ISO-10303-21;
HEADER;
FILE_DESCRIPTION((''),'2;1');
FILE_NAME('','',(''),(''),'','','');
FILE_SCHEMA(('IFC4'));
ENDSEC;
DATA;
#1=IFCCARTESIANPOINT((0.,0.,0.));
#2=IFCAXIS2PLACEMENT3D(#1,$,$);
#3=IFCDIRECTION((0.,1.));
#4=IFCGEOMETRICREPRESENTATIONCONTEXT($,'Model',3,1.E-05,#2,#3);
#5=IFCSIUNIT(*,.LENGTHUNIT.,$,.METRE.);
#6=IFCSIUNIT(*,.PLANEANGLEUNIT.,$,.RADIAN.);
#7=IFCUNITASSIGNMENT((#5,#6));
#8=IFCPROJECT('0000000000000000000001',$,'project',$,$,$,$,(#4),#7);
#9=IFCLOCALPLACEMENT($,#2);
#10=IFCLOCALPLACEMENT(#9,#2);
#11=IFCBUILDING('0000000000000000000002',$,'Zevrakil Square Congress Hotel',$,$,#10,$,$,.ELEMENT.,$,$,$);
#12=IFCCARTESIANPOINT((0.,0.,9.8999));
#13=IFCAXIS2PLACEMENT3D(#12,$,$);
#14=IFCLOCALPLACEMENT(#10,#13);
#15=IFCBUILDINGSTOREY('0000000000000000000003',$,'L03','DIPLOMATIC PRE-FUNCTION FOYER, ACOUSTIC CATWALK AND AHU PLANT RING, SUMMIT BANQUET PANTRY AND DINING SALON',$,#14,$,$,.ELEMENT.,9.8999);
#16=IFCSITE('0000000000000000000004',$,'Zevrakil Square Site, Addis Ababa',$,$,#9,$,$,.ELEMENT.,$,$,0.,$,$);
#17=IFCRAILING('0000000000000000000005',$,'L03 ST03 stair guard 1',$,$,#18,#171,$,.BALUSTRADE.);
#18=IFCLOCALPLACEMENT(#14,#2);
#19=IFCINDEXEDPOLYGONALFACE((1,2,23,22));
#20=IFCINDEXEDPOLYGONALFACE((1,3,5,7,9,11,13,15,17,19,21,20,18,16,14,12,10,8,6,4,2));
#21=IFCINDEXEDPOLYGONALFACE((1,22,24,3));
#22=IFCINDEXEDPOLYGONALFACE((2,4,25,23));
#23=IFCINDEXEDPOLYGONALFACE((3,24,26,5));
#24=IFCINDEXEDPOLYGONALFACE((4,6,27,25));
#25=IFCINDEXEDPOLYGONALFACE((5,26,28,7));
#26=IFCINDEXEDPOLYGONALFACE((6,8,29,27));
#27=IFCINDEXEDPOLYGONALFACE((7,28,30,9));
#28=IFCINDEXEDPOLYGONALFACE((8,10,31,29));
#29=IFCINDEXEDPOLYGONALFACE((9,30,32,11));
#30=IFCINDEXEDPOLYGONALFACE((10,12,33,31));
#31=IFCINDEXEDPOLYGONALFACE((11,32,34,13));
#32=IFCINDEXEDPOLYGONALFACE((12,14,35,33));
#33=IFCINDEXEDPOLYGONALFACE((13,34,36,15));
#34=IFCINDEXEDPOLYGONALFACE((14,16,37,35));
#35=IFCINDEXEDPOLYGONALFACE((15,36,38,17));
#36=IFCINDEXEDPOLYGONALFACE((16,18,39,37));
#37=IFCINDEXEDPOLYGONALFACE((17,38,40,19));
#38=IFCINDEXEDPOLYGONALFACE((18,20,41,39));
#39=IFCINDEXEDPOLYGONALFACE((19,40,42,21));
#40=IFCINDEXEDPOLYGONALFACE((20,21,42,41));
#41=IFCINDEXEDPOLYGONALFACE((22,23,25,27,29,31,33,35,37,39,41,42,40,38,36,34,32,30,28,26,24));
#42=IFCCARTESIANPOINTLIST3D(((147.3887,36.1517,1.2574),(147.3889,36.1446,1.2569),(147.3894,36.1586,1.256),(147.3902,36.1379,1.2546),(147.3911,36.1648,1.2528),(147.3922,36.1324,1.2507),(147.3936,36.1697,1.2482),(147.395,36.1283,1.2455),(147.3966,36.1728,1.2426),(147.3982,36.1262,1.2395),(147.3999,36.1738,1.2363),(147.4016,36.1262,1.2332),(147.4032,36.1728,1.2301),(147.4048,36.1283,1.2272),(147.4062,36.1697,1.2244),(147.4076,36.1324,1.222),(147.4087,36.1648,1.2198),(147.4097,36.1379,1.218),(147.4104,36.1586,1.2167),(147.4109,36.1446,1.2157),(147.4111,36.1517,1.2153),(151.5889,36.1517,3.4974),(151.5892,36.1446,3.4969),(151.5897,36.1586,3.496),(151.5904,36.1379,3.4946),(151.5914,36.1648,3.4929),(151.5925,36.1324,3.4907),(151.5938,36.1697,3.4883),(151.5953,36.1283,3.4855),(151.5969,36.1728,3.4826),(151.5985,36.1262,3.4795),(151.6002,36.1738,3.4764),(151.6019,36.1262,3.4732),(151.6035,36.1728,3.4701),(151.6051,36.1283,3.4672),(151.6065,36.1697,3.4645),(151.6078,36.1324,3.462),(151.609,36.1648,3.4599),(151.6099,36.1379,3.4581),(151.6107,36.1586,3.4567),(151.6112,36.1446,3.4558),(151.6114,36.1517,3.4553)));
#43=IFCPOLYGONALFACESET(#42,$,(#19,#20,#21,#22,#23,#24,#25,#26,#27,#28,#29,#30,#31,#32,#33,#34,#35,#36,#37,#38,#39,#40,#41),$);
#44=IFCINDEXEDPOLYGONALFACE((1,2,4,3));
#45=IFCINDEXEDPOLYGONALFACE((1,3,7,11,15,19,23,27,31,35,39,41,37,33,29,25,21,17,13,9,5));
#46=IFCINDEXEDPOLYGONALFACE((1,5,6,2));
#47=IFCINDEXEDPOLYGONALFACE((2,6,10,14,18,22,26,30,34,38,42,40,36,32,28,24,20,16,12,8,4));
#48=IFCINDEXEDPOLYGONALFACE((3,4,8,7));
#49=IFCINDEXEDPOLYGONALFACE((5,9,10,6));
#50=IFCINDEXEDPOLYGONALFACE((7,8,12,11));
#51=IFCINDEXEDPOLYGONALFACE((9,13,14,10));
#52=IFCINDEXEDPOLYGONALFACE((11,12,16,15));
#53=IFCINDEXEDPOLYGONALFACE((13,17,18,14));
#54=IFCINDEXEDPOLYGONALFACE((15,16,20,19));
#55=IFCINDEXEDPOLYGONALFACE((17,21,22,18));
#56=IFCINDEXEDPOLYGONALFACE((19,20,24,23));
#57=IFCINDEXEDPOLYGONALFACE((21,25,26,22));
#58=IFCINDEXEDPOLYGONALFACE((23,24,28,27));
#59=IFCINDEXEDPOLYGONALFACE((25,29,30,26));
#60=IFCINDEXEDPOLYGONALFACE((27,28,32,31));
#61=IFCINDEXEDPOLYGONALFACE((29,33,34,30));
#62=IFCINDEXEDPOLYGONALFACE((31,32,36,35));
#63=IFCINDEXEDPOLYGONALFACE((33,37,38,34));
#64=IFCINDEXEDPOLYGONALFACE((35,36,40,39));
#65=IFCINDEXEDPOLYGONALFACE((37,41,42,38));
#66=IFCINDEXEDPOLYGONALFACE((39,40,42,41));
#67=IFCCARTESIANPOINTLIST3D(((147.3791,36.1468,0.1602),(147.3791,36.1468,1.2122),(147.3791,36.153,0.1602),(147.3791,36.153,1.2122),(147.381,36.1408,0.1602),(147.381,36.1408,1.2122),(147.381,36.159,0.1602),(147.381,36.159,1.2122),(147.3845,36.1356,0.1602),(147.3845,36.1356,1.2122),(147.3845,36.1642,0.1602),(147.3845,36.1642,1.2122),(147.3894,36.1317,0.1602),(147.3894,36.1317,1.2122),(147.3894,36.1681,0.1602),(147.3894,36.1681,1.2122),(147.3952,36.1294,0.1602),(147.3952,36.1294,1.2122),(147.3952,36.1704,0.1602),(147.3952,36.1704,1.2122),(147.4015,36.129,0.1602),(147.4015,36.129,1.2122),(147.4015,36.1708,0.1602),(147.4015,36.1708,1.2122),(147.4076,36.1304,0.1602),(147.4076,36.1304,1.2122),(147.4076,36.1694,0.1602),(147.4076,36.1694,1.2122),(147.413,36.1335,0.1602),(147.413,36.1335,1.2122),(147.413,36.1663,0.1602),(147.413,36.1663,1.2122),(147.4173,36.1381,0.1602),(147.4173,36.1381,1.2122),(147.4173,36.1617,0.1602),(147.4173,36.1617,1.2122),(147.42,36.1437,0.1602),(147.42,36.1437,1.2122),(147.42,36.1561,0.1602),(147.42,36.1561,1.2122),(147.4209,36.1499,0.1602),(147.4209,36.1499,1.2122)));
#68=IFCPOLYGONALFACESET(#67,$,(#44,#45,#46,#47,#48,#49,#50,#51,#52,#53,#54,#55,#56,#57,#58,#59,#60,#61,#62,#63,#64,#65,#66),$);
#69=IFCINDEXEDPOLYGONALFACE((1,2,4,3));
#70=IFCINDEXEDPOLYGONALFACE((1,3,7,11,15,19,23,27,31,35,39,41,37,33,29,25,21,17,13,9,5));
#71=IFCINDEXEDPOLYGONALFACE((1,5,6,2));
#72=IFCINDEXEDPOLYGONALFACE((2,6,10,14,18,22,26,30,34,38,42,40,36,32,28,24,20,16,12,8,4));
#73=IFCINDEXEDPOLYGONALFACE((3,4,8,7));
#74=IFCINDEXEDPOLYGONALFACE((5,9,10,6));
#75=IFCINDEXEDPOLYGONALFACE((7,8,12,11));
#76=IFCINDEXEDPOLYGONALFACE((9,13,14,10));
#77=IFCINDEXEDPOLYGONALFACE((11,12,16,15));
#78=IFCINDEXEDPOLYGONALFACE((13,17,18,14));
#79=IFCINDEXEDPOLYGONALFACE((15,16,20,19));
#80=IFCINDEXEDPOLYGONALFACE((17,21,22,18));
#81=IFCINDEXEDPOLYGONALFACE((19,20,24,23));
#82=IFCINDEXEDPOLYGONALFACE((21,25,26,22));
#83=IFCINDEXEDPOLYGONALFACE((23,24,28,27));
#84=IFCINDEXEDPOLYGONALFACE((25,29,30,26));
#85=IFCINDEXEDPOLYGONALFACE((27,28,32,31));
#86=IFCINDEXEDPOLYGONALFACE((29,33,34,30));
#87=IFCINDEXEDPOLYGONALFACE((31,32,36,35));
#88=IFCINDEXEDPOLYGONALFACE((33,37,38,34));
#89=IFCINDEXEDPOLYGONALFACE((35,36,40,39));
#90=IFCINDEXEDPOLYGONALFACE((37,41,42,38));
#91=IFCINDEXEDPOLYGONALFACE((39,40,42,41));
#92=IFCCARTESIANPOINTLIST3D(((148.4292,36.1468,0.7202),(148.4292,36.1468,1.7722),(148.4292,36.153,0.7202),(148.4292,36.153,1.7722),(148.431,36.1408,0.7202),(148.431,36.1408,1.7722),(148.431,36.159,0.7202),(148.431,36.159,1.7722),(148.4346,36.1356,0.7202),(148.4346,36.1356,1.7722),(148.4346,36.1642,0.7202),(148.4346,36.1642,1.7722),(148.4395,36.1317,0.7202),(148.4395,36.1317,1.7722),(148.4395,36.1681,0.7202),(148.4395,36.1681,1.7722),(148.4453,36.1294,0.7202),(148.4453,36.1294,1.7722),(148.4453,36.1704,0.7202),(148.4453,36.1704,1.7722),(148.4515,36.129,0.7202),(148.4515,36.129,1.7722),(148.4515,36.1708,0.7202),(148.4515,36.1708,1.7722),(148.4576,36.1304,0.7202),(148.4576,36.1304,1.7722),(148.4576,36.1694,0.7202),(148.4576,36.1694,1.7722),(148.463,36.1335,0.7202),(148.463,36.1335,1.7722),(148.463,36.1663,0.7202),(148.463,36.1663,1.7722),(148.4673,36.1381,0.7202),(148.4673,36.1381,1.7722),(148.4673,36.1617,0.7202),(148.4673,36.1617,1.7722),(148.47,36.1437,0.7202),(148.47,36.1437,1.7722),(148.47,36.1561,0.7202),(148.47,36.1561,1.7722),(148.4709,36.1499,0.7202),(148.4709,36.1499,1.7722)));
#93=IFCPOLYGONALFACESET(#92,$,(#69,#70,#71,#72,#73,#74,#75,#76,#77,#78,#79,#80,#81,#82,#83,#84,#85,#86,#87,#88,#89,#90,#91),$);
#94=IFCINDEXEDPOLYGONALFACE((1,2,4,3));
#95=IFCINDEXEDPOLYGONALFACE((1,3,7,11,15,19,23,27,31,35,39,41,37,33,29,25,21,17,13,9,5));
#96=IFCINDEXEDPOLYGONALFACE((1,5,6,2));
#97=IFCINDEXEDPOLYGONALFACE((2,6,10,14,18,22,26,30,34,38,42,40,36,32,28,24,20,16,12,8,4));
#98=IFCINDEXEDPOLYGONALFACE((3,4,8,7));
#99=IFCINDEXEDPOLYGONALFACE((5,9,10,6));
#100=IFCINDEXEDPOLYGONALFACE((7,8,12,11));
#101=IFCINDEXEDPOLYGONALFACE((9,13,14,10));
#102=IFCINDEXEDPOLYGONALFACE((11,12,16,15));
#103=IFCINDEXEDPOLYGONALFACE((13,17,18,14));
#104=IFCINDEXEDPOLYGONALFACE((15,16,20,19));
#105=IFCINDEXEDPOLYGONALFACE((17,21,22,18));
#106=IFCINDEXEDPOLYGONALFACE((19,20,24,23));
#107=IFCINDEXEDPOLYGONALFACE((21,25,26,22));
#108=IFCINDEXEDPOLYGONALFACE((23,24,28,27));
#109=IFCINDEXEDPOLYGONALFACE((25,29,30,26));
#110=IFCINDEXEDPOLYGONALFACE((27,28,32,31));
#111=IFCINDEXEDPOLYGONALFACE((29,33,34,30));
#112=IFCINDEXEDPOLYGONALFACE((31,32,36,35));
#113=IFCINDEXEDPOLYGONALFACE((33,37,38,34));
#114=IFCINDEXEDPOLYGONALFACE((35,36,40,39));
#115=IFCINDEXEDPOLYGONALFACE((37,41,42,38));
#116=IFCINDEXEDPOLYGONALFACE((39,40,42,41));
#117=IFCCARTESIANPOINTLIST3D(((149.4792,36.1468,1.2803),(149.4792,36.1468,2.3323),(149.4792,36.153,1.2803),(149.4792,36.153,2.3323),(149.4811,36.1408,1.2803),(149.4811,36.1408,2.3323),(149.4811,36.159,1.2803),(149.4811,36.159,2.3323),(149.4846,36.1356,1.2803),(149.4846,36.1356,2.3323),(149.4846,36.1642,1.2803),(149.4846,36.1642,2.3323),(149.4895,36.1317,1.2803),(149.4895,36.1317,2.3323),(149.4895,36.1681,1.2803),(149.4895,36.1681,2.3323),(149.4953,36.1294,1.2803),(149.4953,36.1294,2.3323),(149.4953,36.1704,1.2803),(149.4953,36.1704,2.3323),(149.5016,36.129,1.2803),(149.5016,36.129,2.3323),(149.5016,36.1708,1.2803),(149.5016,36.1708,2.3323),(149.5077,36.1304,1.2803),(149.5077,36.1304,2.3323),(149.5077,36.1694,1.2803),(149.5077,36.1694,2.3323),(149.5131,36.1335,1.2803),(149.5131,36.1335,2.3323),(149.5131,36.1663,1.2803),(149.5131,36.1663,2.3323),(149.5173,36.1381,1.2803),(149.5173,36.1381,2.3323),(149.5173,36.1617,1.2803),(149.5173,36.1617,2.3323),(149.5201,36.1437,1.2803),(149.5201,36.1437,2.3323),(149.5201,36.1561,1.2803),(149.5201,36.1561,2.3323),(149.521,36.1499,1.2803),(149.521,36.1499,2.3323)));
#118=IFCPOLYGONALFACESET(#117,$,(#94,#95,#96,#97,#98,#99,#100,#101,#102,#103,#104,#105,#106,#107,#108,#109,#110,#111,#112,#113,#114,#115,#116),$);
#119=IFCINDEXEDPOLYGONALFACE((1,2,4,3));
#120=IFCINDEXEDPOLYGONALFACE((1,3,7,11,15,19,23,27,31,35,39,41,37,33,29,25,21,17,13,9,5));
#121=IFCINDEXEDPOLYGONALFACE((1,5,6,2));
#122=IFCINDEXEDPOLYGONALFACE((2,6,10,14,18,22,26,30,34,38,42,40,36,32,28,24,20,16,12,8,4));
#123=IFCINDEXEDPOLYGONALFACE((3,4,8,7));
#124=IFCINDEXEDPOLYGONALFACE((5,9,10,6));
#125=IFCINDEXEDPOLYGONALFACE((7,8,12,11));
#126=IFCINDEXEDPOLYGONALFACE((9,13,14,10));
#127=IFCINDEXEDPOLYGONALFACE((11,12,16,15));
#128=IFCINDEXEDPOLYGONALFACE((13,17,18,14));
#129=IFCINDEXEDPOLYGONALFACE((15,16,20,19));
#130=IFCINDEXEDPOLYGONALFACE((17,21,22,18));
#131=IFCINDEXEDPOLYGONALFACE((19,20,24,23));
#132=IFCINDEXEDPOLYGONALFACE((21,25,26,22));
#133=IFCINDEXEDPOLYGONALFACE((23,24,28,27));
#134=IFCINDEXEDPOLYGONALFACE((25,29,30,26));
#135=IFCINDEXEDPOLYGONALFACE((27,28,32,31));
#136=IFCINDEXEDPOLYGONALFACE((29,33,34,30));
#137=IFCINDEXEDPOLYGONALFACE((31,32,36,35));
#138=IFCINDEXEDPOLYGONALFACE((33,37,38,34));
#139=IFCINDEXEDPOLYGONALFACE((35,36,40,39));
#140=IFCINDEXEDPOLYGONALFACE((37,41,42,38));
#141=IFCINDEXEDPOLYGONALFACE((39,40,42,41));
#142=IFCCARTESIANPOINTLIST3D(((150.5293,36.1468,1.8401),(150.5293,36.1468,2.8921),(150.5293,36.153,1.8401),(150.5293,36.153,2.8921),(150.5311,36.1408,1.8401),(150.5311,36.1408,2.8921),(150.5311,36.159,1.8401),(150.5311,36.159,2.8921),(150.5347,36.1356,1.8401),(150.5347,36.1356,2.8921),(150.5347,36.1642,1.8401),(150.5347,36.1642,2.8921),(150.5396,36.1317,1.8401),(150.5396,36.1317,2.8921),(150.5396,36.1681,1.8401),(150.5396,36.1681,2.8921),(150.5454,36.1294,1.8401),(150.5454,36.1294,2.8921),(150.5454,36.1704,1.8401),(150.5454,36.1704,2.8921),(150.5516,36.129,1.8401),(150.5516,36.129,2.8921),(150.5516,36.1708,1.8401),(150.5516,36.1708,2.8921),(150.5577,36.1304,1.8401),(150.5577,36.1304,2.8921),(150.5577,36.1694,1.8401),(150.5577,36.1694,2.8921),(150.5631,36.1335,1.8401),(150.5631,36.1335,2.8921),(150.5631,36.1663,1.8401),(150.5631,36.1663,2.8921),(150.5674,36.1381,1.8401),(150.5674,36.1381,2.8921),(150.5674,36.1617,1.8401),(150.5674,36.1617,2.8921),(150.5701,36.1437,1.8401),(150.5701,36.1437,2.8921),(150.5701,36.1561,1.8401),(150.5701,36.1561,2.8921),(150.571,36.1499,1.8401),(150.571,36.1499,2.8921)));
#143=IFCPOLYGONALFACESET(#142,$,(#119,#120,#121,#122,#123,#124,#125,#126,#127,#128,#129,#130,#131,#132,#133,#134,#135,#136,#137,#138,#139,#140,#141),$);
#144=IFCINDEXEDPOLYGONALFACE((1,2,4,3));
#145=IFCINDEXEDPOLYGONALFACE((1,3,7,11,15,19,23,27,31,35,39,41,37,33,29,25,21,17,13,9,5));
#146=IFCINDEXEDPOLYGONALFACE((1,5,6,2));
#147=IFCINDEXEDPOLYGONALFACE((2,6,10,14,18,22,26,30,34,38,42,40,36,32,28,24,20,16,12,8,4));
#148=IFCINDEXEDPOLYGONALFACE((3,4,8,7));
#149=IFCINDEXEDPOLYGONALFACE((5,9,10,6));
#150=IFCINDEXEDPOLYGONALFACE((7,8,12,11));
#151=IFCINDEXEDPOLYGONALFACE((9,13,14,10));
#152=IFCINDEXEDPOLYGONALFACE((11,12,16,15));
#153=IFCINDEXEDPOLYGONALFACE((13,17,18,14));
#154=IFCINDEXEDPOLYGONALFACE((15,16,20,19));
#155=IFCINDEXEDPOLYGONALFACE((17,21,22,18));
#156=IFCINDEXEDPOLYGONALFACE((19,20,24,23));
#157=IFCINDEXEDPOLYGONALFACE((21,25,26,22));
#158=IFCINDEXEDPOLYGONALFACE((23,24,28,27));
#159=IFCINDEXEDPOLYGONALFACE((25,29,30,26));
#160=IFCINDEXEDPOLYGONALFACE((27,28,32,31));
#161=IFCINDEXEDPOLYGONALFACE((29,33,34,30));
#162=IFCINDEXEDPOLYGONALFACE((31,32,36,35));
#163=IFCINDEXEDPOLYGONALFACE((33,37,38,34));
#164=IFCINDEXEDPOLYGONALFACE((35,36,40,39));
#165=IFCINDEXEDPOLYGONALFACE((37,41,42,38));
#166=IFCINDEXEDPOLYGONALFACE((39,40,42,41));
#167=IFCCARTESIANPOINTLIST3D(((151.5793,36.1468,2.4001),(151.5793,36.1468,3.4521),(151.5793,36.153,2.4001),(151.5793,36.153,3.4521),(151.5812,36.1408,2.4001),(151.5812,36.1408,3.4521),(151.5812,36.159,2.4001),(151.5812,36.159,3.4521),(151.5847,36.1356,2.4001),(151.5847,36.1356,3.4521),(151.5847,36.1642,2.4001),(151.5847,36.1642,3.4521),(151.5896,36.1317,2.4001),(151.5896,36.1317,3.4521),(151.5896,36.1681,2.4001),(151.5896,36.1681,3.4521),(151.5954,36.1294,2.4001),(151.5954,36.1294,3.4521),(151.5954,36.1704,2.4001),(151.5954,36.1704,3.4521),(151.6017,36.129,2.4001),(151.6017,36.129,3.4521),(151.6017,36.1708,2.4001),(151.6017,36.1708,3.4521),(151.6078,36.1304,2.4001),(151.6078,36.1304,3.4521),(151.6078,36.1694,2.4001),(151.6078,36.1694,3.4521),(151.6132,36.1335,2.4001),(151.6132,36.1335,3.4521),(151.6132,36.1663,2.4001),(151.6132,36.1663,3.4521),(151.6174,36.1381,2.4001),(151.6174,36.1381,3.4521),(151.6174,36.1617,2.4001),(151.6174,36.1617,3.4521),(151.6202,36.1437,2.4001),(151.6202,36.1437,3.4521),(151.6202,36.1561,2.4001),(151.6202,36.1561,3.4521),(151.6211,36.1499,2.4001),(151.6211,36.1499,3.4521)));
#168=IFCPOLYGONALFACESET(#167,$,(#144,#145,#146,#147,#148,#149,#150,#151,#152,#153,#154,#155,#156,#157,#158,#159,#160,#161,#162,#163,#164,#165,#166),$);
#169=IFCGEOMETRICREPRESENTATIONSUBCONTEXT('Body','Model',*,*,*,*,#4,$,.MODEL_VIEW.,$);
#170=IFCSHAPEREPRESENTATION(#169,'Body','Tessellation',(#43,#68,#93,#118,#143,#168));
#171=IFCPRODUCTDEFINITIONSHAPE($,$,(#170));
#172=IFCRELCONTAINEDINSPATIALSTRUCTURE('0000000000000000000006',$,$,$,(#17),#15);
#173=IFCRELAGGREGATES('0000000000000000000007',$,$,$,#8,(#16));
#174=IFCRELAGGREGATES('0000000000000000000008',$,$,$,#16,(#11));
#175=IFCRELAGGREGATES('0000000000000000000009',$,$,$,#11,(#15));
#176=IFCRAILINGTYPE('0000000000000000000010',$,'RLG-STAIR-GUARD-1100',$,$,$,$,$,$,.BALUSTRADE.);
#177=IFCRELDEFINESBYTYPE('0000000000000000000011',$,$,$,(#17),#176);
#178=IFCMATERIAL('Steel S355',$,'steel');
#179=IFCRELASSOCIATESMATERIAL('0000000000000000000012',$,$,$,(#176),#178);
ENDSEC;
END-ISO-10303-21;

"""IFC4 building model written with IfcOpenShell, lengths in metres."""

from ifc_helpers import new_model, si_unit, direction, frame, origin, origin_2d, place, context, subcontext, project, spatial, circle, extrude, material, type_object, element, save


model = new_model("IFC4")

# Units and contexts
model_context = context("Model", 3, precision=1e-05, world=origin(), true_north=direction((0.0, 1.0)))
body_context = subcontext(model_context, "Body", "Model", "MODEL_VIEW")
ifc_project = project(units=[si_unit("LENGTHUNIT", "METRE"), si_unit("PLANEANGLEUNIT", "RADIAN")], contexts=[model_context])

# Site, building, storey
site_placement = place(None, origin())
site = spatial("IfcSite", under=ifc_project, at=site_placement, Name="Zevrakil Square Site, Addis Ababa", CompositionType="ELEMENT", RefElevation=0.0)
building_placement = place(site_placement, origin())
building = spatial("IfcBuilding", under=site, at=building_placement, Name="Zevrakil Square Congress Hotel", CompositionType="ELEMENT")
storey_placement = place(building_placement, frame((0.0, 0.0, 9.8999)))
storey = spatial("IfcBuildingStorey", under=building, at=storey_placement, Name="L03", Description="DIPLOMATIC PRE-FUNCTION FOYER, ACOUSTIC CATWALK AND AHU PLANT RING, SUMMIT BANQUET PANTRY AND DINING SALON", CompositionType="ELEMENT", Elevation=9.8999)

# Railing
ifc_material_1 = material(Name="Steel S355", Category="steel")
railing_type_1 = type_object("IfcRailingType", Name="RLG-STAIR-GUARD-1100", PredefinedType="BALUSTRADE", material=ifc_material_1)
railing_1_placement = place(storey_placement, frame((147.3999, 36.1499, 0.1602)))
element("IfcRailing", 1, at=railing_1_placement, inside=storey, type_object=railing_type_1, Name="L03 ST03 stair guard 1", PredefinedType="BALUSTRADE", context=body_context, shape_type="SweptSolid", body=[
    extrude(circle(Radius=0.0239, at=origin_2d()), frame((0.0, 0.0, 1.0762), z_axis=(0.882363, 0.0, 0.47057), x_axis=(0.0, 1.0, 0.0)), (0.0, 0.0, 1.0), 4.7603),
    extrude(circle(Radius=0.021, at=origin_2d()), origin(), (0.0, 0.0, 1.0), 1.052),
    extrude(circle(Radius=0.021, at=origin_2d()), frame((1.05, 0.0, 0.5601)), (0.0, 0.0, 1.0), 1.052),
    extrude(circle(Radius=0.021, at=origin_2d()), frame((2.1001, 0.0, 1.1201)), (0.0, 0.0, 1.0), 1.052),
    extrude(circle(Radius=0.021, at=origin_2d()), frame((3.1501, 0.0, 1.6799)), (0.0, 0.0, 1.0), 1.052),
    extrude(circle(Radius=0.021, at=origin_2d()), frame((4.2002, 0.0, 2.24)), (0.0, 0.0, 1.0), 1.052),
])

save(model, "model.ifc")
